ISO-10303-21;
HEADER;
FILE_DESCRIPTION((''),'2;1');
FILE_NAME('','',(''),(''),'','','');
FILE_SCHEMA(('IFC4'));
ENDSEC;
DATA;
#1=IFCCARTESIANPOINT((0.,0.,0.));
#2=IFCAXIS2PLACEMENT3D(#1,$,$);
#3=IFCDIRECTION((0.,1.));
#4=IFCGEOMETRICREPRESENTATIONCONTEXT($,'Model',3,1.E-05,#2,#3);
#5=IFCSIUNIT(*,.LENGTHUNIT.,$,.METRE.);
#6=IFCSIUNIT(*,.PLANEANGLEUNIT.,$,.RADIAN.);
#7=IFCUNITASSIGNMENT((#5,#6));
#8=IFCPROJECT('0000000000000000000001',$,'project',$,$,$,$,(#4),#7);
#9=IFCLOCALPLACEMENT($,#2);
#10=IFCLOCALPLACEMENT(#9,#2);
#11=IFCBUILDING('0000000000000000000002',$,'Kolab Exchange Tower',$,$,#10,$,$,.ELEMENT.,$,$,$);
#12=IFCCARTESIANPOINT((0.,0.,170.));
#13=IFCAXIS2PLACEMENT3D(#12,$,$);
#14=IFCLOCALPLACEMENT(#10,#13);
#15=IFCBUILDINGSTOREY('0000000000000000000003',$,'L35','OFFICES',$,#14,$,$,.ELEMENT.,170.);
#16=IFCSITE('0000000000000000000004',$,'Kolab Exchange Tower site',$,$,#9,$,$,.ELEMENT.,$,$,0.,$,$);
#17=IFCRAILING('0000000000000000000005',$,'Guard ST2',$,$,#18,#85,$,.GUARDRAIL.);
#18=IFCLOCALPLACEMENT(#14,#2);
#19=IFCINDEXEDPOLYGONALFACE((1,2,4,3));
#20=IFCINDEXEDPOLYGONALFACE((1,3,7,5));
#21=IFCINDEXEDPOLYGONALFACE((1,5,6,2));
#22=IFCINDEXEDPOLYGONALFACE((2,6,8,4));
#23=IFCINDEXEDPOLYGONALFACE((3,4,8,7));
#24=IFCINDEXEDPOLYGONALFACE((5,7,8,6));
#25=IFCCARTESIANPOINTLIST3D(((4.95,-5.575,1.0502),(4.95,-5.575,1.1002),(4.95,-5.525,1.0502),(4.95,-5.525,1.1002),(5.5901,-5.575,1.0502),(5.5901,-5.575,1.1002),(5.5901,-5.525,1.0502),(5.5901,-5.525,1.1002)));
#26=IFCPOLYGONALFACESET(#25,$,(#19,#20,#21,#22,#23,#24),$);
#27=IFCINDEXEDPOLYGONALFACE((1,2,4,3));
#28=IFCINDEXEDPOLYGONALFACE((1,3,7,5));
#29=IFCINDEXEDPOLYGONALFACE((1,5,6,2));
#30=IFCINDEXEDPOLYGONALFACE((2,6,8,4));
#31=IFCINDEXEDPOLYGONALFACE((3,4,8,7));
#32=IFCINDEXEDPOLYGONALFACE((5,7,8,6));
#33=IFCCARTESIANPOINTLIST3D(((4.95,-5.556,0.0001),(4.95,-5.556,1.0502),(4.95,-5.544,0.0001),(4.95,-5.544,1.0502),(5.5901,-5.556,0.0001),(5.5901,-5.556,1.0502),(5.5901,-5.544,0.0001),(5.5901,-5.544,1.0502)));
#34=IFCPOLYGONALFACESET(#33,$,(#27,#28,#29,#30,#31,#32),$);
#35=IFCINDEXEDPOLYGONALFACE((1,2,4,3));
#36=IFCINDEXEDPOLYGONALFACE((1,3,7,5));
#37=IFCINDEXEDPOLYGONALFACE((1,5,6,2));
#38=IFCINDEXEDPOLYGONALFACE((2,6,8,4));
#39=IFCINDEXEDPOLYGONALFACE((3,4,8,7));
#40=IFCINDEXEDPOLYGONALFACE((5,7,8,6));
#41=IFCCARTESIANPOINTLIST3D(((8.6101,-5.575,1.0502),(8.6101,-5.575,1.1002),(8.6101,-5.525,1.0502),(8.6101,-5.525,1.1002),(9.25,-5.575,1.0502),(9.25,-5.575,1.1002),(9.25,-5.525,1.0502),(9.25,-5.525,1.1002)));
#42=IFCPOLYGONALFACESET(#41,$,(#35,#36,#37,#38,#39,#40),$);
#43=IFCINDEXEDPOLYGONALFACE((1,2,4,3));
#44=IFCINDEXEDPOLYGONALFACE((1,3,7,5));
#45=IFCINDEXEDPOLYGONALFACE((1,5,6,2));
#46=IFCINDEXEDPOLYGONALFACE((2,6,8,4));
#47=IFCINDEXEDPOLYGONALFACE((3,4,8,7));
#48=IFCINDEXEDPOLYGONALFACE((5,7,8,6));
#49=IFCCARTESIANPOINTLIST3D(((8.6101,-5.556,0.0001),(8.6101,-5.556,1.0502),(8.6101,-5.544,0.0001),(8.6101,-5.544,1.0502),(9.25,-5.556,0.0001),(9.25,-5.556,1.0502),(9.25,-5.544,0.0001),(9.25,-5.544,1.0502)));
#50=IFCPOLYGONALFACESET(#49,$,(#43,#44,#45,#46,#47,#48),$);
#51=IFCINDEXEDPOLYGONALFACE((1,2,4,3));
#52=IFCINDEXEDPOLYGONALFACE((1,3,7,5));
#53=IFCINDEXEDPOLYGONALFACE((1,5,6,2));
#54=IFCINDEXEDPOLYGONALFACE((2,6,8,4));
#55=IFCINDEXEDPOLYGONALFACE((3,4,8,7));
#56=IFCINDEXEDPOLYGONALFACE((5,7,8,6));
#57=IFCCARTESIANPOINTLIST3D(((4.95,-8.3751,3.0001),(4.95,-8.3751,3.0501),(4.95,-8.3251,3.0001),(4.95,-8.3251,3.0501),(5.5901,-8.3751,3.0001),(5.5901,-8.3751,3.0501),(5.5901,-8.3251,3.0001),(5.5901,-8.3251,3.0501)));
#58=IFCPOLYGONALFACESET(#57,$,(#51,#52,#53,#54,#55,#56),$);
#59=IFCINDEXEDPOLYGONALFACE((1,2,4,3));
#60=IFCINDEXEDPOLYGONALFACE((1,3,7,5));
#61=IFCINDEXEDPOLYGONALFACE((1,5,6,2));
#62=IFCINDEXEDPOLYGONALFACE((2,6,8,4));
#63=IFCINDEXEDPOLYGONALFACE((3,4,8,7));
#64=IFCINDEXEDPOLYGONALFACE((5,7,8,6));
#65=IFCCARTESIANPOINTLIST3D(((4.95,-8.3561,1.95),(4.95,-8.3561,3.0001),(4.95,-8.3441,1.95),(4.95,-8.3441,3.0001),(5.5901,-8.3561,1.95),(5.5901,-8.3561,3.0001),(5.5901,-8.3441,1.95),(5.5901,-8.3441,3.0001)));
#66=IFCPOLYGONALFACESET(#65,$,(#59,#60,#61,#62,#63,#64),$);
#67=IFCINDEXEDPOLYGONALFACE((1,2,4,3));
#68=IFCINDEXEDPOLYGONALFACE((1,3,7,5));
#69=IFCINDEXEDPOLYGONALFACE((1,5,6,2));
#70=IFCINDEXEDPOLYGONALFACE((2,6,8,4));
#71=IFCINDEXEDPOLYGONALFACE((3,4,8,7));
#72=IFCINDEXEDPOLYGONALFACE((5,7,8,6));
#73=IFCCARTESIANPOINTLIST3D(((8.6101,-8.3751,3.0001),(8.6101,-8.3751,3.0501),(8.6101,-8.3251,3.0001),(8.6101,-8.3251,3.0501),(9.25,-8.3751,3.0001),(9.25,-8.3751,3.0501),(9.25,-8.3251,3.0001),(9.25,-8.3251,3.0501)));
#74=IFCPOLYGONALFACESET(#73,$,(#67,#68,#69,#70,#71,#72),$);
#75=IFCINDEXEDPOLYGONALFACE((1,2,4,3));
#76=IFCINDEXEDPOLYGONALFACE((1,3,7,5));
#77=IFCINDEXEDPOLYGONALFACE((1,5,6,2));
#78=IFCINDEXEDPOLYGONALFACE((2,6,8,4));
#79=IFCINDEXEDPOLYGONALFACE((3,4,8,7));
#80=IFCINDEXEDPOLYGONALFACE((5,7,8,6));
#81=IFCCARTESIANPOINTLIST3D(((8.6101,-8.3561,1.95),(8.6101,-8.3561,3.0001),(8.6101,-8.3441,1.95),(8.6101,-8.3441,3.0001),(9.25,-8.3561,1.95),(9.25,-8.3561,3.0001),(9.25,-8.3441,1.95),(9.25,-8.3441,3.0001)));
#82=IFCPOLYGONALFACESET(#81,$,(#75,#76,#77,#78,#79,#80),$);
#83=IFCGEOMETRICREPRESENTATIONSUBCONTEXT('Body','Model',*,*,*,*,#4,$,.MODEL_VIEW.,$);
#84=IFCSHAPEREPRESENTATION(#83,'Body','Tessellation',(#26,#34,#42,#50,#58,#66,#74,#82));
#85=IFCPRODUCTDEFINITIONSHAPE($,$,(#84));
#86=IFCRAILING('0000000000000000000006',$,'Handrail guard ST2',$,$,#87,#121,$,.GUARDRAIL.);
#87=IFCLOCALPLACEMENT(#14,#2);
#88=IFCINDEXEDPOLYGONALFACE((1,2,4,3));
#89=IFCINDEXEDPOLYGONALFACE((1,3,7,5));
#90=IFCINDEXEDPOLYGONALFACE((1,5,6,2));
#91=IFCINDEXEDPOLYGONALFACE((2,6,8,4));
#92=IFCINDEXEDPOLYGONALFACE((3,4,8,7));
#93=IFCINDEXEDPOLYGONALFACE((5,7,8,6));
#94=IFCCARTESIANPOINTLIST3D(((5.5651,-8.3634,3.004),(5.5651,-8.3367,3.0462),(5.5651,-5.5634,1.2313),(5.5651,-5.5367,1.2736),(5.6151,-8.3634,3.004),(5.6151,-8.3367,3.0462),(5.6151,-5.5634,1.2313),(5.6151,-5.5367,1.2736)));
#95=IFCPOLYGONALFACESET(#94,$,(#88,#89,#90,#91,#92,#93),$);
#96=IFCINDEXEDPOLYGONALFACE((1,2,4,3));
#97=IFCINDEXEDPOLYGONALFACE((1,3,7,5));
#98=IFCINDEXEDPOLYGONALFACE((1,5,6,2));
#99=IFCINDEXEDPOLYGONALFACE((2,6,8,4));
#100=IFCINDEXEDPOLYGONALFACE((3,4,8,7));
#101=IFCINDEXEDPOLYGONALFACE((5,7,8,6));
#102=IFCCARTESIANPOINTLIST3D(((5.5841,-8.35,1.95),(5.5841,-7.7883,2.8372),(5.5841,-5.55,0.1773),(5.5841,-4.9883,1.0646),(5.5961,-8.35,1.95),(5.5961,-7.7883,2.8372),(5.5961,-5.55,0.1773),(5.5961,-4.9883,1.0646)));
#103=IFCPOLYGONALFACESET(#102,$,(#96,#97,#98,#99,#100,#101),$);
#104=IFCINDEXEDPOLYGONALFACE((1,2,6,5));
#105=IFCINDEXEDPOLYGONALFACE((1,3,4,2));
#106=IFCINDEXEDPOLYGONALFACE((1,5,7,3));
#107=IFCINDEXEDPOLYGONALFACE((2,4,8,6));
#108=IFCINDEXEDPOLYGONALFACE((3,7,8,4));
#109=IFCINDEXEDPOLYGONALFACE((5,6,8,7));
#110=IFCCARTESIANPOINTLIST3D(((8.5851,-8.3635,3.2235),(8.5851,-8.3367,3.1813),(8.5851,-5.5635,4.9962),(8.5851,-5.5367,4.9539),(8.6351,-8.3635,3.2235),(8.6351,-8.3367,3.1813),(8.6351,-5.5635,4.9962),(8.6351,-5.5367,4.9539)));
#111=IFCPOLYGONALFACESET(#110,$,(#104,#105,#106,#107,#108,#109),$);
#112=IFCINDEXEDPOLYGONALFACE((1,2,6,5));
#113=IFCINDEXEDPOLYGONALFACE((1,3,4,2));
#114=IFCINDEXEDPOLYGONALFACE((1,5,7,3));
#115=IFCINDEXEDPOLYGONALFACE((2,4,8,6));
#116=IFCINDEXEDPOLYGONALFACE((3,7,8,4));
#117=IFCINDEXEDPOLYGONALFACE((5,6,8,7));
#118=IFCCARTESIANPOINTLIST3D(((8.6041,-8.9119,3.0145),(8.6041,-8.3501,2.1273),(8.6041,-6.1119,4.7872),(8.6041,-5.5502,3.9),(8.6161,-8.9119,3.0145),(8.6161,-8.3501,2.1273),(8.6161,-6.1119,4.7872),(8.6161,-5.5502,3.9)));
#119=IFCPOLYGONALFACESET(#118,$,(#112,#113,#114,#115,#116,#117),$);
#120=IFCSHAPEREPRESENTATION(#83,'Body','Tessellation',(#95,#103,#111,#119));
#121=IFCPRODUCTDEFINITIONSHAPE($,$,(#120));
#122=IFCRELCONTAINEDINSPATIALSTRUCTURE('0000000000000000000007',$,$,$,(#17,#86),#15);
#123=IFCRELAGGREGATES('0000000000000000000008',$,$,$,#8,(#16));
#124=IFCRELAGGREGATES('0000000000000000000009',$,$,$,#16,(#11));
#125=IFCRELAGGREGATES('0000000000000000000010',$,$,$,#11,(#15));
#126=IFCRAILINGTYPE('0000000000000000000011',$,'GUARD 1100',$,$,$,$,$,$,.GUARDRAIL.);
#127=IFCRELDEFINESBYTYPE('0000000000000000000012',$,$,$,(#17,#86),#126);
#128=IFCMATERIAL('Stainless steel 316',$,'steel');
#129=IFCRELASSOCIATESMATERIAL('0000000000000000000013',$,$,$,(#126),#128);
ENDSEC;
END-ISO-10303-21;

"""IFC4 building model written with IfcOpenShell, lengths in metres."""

from ifc_helpers import new_model, si_unit, direction, frame, frame_2d, origin, origin_2d, place, context, subcontext, project, spatial, rectangle, extrude, material, type_object, element, save


model = new_model("IFC4")

# Units and contexts
model_context = context("Model", 3, precision=1e-05, world=origin(), true_north=direction((0.0, 1.0)))
body_context = subcontext(model_context, "Body", "Model", "MODEL_VIEW")
ifc_project = project(units=[si_unit("LENGTHUNIT", "METRE"), si_unit("PLANEANGLEUNIT", "RADIAN")], contexts=[model_context])

# Site, building, storey
site_placement = place(None, origin())
site = spatial("IfcSite", under=ifc_project, at=site_placement, Name="Kolab Exchange Tower site", CompositionType="ELEMENT", RefElevation=0.0)
building_placement = place(site_placement, origin())
building = spatial("IfcBuilding", under=site, at=building_placement, Name="Kolab Exchange Tower", CompositionType="ELEMENT")
storey_placement = place(building_placement, frame((0.0, 0.0, 170.0)))
storey = spatial("IfcBuildingStorey", under=building, at=storey_placement, Name="L35", Description="OFFICES", CompositionType="ELEMENT", Elevation=170.0)

# Shared definitions
ifc_material_1 = material(Name="Stainless steel 316", Category="steel")

# Railings
railing_type = type_object("IfcRailingType", Name="GUARD 1100", PredefinedType="GUARDRAIL", material=ifc_material_1)
railing_1_placement = place(storey_placement, frame((4.95, -5.55, 0.0)))
element("IfcRailing", 1, at=railing_1_placement, inside=storey, type_object=railing_type, Name="Guard ST2", PredefinedType="GUARDRAIL", context=body_context, shape_type="SweptSolid", body=[
    extrude(rectangle(XDim=0.05, YDim=0.05, at=origin_2d()), frame((0.0, 0.0, 1.0752), z_axis=(1.0, 0.0, 0.0), x_axis=(0.0, 1.0, 0.0)), (0.0, 0.0, 1.0), 0.6401),
    extrude(rectangle(XDim=0.012, YDim=1.0501, at=frame_2d((0.0, 0.5251))), frame((0.0, 0.0, 0.0), z_axis=(1.0, 0.0, 0.0), x_axis=(0.0, 1.0, 0.0)), (0.0, 0.0, 1.0), 0.6401),
    extrude(rectangle(XDim=0.05, YDim=0.05, at=origin_2d()), frame((3.6602, 0.0, 1.0752), z_axis=(1.0, 0.0, 0.0), x_axis=(0.0, 1.0, 0.0)), (0.0, 0.0, 1.0), 0.6399),
    extrude(rectangle(XDim=0.012, YDim=1.0501, at=frame_2d((0.0, 0.5251))), frame((3.6602, 0.0, 0.0), z_axis=(1.0, 0.0, 0.0), x_axis=(0.0, 1.0, 0.0)), (0.0, 0.0, 1.0), 0.6399),
    extrude(rectangle(XDim=0.05, YDim=0.05, at=origin_2d()), frame((0.0, -2.8, 3.0251), z_axis=(1.0, 0.0, 0.0), x_axis=(0.0, 1.0, 0.0)), (0.0, 0.0, 1.0), 0.6401),
    extrude(rectangle(XDim=0.012, YDim=1.0501, at=frame_2d((0.0, 0.5251))), frame((0.0, -2.8, 1.95), z_axis=(1.0, 0.0, 0.0), x_axis=(0.0, 1.0, 0.0)), (0.0, 0.0, 1.0), 0.6401),
    extrude(rectangle(XDim=0.05, YDim=0.05, at=origin_2d()), frame((3.6602, -2.8, 3.0251), z_axis=(1.0, 0.0, 0.0), x_axis=(0.0, 1.0, 0.0)), (0.0, 0.0, 1.0), 0.6399),
    extrude(rectangle(XDim=0.012, YDim=1.0501, at=frame_2d((0.0, 0.5251))), frame((3.6602, -2.8, 1.95), z_axis=(1.0, 0.0, 0.0), x_axis=(0.0, 1.0, 0.0)), (0.0, 0.0, 1.0), 0.6399),
])
railing_2_placement = place(storey_placement, frame((5.5901, -5.55, 0.1772)))
element("IfcRailing", 2, at=railing_2_placement, inside=storey, type_object=railing_type, Name="Handrail guard ST2", PredefinedType="GUARDRAIL", context=body_context, shape_type="SweptSolid", body=[
    extrude(rectangle(XDim=0.05, YDim=0.05, at=origin_2d()), frame((0.0, 0.0, 1.0752), z_axis=(0.0, -0.844909, 0.53491), x_axis=(1.0, 0.0, 0.0)), (0.0, 0.0, 1.0), 3.314),
    extrude(rectangle(XDim=0.012, YDim=1.0501, at=frame_2d((0.0, 0.5251))), frame((0.0, 0.0, 0.0), z_axis=(0.0, -0.844909, 0.53491), x_axis=(1.0, 0.0, 0.0)), (0.0, 0.0, 1.0), 3.314),
    extrude(rectangle(XDim=0.05, YDim=0.05, at=origin_2d()), frame((3.02, -2.8, 3.0251), z_axis=(0.0, 0.844909, 0.53491), x_axis=(-1.0, 0.0, 0.0)), (0.0, 0.0, 1.0), 3.314),
    extrude(rectangle(XDim=0.012, YDim=1.0501, at=frame_2d((0.0, 0.5251))), frame((3.02, -2.8, 1.95), z_axis=(0.0, 0.844909, 0.53491), x_axis=(-1.0, 0.0, 0.0)), (0.0, 0.0, 1.0), 3.314),
])

save(model, "model.ifc")
